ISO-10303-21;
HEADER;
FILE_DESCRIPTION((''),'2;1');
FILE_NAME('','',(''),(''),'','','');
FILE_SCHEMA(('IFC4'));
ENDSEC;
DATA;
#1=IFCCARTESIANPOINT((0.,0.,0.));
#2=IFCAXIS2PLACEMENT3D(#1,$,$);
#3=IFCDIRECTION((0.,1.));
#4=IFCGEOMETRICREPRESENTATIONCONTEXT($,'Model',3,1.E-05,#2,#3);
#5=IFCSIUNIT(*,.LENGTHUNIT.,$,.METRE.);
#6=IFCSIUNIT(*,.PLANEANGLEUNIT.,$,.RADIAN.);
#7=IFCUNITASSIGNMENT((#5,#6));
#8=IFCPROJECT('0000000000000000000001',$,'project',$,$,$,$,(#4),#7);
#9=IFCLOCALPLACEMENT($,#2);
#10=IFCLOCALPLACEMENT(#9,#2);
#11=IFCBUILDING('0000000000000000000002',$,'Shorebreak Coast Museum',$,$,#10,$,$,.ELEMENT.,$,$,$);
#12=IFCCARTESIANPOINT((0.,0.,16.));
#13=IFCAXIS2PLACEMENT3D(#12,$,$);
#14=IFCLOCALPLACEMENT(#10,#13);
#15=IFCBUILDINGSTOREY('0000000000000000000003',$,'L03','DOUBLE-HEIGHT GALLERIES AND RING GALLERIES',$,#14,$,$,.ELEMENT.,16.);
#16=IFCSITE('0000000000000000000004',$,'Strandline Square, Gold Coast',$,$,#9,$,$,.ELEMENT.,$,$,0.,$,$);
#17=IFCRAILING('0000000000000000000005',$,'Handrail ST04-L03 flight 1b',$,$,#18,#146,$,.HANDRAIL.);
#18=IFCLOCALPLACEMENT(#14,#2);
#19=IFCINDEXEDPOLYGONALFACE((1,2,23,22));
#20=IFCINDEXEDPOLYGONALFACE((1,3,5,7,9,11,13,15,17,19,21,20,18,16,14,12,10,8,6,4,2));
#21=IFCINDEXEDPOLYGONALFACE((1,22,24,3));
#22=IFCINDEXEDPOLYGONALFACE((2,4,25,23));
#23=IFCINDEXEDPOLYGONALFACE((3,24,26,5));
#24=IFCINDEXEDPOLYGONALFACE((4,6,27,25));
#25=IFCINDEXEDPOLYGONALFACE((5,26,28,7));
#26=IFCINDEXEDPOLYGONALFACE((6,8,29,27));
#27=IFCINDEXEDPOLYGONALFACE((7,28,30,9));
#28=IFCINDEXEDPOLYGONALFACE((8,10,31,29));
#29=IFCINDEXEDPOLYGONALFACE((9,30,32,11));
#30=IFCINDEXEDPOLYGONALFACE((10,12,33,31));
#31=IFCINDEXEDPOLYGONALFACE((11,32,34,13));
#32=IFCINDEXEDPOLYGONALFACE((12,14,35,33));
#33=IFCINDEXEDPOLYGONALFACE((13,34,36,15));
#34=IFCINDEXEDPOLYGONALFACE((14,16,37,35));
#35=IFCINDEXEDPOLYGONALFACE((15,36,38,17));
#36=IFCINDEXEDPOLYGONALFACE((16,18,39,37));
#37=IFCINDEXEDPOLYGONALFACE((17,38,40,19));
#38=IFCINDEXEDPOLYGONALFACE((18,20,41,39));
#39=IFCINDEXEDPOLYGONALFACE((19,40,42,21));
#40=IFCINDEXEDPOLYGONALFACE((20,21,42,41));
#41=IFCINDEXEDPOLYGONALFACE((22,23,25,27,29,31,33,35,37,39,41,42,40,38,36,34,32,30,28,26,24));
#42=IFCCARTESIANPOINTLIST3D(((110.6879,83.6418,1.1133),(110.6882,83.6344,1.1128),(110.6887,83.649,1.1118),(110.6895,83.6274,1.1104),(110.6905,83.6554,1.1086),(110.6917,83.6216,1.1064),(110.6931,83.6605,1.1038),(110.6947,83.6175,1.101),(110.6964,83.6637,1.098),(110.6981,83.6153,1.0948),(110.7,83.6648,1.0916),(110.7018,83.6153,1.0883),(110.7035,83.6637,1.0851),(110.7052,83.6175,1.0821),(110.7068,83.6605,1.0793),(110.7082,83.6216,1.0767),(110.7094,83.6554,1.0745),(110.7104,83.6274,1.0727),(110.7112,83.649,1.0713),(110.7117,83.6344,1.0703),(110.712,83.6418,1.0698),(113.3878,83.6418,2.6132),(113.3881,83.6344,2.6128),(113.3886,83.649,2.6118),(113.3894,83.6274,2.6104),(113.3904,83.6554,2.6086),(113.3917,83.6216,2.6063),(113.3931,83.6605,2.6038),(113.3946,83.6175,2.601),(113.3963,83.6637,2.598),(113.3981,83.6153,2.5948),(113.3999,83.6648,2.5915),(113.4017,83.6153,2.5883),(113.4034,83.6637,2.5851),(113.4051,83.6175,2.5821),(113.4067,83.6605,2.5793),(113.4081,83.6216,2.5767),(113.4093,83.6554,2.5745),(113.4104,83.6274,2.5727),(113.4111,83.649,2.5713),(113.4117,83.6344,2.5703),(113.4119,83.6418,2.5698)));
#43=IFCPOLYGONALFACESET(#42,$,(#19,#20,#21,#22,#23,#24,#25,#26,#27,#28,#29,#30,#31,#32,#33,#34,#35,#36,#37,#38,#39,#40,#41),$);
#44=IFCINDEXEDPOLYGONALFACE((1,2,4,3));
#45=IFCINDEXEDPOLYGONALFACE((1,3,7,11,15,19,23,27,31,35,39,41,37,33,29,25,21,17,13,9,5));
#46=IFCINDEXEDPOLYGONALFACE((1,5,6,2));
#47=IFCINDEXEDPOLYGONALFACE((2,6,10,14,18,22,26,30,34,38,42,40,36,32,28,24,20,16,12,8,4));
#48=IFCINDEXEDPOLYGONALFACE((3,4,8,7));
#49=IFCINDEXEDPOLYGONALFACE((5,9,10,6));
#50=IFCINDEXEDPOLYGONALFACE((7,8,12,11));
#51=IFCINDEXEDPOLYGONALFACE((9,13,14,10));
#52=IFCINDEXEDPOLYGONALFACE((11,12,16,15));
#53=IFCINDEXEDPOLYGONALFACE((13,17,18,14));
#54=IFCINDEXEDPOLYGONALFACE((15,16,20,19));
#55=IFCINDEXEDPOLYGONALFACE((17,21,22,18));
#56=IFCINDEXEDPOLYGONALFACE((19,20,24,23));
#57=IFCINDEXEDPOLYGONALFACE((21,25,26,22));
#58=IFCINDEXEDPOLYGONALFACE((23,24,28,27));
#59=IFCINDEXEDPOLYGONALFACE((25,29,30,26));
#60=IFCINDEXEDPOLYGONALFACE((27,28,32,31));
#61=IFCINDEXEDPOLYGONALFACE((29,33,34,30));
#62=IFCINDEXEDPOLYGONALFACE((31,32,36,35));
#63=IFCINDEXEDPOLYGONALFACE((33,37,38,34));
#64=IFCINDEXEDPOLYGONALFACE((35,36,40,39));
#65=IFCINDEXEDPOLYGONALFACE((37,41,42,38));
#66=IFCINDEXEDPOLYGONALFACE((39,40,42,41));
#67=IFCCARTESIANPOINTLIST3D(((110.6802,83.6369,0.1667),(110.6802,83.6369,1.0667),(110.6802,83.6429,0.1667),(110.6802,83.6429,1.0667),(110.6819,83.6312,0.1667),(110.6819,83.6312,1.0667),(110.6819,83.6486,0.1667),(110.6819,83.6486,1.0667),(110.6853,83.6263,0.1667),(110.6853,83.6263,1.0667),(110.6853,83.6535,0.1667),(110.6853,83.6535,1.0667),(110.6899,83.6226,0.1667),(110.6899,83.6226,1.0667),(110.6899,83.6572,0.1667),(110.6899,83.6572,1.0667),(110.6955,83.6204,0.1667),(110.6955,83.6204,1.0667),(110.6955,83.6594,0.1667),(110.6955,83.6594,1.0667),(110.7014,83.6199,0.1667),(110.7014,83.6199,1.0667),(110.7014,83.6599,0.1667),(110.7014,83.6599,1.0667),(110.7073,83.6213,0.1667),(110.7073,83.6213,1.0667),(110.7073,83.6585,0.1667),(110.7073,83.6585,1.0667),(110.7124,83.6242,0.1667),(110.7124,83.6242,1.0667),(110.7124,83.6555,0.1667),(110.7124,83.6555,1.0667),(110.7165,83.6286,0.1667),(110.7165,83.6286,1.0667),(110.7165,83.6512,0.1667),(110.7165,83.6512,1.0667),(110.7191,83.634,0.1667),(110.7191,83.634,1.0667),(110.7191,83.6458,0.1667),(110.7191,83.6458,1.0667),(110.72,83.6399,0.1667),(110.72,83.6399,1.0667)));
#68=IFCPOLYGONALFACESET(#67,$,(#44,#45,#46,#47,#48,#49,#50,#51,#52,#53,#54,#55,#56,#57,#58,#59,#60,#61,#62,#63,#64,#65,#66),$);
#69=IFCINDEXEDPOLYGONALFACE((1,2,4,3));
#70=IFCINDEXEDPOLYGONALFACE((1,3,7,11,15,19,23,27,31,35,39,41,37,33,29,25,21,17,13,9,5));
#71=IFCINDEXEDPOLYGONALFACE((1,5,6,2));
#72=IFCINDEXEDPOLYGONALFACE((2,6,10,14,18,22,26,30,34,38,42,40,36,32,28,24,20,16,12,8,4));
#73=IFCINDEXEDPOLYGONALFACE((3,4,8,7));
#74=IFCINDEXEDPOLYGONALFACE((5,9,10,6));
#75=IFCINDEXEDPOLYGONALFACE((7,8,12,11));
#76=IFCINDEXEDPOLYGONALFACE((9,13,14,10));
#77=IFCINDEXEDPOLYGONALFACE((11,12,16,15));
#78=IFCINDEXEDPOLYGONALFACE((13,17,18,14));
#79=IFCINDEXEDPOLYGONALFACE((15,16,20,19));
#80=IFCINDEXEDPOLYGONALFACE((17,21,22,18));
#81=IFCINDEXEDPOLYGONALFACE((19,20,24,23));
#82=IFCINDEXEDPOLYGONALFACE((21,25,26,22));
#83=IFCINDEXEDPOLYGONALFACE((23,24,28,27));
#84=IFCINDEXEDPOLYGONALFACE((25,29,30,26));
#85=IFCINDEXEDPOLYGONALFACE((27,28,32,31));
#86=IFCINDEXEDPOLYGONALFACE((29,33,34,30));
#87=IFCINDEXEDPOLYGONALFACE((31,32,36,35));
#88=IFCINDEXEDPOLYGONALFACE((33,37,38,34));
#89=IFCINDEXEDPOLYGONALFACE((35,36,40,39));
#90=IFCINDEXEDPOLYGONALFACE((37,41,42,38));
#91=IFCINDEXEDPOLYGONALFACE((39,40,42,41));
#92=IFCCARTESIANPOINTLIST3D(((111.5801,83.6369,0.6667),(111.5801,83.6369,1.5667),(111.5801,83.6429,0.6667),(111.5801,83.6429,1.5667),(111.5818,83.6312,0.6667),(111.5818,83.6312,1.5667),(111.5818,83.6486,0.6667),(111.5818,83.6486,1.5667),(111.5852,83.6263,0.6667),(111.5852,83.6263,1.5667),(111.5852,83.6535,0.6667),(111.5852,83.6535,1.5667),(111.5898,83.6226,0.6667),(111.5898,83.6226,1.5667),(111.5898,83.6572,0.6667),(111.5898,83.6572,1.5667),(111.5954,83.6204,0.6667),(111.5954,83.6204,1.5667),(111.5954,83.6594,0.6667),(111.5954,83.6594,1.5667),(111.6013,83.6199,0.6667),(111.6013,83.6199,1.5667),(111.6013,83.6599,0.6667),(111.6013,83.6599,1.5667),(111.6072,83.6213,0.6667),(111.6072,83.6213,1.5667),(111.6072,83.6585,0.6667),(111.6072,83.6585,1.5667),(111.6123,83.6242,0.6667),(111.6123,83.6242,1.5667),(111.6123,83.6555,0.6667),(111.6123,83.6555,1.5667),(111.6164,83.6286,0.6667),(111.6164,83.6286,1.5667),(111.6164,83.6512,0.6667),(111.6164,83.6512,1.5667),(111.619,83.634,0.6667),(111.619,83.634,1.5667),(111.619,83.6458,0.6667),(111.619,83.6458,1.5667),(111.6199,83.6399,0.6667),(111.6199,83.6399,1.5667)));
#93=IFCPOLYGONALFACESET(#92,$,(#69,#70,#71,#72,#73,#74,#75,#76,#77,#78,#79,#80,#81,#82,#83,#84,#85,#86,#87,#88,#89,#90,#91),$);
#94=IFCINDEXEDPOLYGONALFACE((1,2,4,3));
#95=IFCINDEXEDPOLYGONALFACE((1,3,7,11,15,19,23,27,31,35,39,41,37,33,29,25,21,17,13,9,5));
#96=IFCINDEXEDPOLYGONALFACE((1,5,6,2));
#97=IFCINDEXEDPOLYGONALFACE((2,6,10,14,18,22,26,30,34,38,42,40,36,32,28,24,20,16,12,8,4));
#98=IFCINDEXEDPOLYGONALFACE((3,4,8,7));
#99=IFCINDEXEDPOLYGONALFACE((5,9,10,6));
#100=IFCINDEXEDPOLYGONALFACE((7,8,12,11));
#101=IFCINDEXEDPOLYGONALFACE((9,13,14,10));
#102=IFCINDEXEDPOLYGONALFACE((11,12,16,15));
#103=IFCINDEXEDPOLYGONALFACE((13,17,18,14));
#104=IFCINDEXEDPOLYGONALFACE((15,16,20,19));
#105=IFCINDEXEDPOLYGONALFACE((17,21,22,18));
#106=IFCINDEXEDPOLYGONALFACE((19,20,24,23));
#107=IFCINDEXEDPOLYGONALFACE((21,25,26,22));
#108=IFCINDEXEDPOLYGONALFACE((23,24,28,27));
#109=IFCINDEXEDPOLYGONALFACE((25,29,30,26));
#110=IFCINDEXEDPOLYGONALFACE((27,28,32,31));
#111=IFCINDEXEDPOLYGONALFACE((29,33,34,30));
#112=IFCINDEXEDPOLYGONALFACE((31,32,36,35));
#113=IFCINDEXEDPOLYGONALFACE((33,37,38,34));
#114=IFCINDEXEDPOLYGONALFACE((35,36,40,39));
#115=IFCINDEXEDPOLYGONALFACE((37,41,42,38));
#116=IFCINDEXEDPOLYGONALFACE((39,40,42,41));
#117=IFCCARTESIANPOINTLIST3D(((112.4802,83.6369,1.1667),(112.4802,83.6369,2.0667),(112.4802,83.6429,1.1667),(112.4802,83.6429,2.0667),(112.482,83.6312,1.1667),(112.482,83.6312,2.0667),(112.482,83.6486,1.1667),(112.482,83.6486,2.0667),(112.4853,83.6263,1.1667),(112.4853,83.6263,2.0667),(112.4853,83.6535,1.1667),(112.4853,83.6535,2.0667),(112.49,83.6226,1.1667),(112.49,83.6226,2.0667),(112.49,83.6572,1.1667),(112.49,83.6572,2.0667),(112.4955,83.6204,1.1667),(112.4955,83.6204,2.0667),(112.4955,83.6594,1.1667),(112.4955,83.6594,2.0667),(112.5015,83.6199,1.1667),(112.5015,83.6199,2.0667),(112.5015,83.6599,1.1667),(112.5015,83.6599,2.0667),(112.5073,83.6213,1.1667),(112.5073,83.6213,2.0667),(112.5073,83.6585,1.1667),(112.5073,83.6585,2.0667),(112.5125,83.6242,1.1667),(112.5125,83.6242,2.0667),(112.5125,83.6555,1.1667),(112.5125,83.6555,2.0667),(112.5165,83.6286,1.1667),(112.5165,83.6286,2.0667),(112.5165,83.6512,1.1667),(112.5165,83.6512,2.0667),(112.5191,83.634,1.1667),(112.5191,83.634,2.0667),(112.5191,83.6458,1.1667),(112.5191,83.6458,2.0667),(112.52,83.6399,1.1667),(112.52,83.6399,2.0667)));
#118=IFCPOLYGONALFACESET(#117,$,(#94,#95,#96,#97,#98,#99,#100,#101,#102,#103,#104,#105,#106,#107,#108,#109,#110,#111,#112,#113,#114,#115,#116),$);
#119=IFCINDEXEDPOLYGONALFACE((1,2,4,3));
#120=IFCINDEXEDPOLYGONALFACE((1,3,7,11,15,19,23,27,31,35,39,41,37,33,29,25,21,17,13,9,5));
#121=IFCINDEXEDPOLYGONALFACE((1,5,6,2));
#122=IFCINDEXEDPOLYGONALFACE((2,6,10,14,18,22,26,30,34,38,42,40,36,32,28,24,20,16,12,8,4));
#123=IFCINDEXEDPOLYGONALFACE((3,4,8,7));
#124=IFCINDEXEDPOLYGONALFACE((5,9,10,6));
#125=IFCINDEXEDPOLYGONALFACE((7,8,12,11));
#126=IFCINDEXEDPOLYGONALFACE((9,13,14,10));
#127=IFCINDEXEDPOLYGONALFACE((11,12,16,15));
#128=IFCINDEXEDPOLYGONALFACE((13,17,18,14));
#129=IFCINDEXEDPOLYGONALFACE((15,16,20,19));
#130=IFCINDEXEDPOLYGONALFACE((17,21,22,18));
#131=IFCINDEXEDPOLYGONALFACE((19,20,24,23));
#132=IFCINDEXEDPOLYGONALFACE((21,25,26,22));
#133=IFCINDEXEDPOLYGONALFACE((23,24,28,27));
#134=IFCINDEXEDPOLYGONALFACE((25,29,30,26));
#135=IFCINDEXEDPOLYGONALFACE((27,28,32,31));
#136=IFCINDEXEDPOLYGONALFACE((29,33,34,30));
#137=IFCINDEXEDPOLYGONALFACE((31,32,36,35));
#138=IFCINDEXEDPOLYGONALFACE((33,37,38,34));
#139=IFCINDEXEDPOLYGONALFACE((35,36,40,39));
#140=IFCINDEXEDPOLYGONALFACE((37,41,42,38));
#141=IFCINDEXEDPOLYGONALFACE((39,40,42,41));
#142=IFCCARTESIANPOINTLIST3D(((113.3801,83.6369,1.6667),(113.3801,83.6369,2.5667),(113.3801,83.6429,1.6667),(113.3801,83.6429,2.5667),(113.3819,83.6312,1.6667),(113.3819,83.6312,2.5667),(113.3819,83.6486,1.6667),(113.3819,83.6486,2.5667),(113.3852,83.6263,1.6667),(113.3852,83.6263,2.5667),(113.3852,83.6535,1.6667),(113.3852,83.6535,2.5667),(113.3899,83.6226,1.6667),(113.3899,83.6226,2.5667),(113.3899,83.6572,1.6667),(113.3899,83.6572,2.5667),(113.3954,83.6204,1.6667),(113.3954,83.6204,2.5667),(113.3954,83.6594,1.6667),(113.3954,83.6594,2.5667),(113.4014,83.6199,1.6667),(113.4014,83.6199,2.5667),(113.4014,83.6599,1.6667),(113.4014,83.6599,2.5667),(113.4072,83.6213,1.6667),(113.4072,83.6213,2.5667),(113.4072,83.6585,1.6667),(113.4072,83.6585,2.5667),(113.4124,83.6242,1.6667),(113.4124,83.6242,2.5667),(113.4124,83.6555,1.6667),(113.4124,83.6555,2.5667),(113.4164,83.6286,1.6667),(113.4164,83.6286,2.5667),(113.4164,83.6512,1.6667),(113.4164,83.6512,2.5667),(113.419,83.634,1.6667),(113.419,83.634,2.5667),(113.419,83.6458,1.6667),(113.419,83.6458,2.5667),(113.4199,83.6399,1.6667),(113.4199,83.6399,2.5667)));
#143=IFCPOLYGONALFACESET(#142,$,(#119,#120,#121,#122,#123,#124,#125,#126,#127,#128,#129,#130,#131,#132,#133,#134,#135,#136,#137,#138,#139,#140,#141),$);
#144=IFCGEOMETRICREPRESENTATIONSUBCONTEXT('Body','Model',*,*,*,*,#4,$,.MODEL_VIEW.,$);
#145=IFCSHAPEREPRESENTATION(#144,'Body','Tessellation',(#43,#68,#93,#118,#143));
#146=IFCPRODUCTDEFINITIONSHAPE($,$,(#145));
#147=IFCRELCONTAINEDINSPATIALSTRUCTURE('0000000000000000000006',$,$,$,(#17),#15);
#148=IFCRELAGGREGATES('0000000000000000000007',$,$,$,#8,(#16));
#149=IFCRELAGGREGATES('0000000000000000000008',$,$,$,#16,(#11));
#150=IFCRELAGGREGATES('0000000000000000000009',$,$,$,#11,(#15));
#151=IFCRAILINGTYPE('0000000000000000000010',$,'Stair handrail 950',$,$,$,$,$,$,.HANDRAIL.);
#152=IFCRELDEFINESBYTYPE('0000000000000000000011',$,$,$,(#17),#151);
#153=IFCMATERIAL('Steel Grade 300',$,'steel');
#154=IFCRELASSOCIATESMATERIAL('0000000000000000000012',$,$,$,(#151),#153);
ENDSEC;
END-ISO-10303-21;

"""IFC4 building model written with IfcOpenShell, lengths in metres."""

from ifc_helpers import new_model, si_unit, direction, frame, origin, origin_2d, place, context, subcontext, project, spatial, circle, extrude, material, type_object, element, save


model = new_model("IFC4")

# Units and contexts
model_context = context("Model", 3, precision=1e-05, world=origin(), true_north=direction((0.0, 1.0)))
body_context = subcontext(model_context, "Body", "Model", "MODEL_VIEW")
ifc_project = project(units=[si_unit("LENGTHUNIT", "METRE"), si_unit("PLANEANGLEUNIT", "RADIAN")], contexts=[model_context])

# Site, building, storey
site_placement = place(None, origin())
site = spatial("IfcSite", under=ifc_project, at=site_placement, Name="Strandline Square, Gold Coast", CompositionType="ELEMENT", RefElevation=0.0)
building_placement = place(site_placement, origin())
building = spatial("IfcBuilding", under=site, at=building_placement, Name="Shorebreak Coast Museum", CompositionType="ELEMENT")
storey_placement = place(building_placement, frame((0.0, 0.0, 16.0)))
storey = spatial("IfcBuildingStorey", under=building, at=storey_placement, Name="L03", Description="DOUBLE-HEIGHT GALLERIES AND RING GALLERIES", CompositionType="ELEMENT", Elevation=16.0)

# Railing
ifc_material_1 = material(Name="Steel Grade 300", Category="steel")
railing_type_1 = type_object("IfcRailingType", Name="Stair handrail 950", PredefinedType="HANDRAIL", material=ifc_material_1)
for number, where, name in (
    (1, (110.7, 83.6399, 0.1667), "Handrail ST04-L03 flight 1b"),
):
    element("IfcRailing", number, at=place(storey_placement, frame(where)), inside=storey, type_object=railing_type_1, Name=name, PredefinedType="HANDRAIL", context=body_context, shape_type="SweptSolid", body=[
        extrude(circle(Radius=0.0249, at=origin_2d()), frame((0.0, 0.0, 0.9248), z_axis=(0.874154, 0.0, 0.48565), x_axis=(0.0, 1.0, 0.0)), (0.0, 0.0, 1.0), 3.0886),
        extrude(circle(Radius=0.02, at=origin_2d()), origin(), (0.0, 0.0, 1.0), 0.8999),
        extrude(circle(Radius=0.02, at=origin_2d()), frame((0.8999, 0.0, 0.5)), (0.0, 0.0, 1.0), 0.8999),
        extrude(circle(Radius=0.02, at=origin_2d()), frame((1.8, 0.0, 1.0)), (0.0, 0.0, 1.0), 0.8999),
        extrude(circle(Radius=0.02, at=origin_2d()), frame((2.7, 0.0, 1.5)), (0.0, 0.0, 1.0), 0.8999),
    ])

save(model, "model.ifc")
